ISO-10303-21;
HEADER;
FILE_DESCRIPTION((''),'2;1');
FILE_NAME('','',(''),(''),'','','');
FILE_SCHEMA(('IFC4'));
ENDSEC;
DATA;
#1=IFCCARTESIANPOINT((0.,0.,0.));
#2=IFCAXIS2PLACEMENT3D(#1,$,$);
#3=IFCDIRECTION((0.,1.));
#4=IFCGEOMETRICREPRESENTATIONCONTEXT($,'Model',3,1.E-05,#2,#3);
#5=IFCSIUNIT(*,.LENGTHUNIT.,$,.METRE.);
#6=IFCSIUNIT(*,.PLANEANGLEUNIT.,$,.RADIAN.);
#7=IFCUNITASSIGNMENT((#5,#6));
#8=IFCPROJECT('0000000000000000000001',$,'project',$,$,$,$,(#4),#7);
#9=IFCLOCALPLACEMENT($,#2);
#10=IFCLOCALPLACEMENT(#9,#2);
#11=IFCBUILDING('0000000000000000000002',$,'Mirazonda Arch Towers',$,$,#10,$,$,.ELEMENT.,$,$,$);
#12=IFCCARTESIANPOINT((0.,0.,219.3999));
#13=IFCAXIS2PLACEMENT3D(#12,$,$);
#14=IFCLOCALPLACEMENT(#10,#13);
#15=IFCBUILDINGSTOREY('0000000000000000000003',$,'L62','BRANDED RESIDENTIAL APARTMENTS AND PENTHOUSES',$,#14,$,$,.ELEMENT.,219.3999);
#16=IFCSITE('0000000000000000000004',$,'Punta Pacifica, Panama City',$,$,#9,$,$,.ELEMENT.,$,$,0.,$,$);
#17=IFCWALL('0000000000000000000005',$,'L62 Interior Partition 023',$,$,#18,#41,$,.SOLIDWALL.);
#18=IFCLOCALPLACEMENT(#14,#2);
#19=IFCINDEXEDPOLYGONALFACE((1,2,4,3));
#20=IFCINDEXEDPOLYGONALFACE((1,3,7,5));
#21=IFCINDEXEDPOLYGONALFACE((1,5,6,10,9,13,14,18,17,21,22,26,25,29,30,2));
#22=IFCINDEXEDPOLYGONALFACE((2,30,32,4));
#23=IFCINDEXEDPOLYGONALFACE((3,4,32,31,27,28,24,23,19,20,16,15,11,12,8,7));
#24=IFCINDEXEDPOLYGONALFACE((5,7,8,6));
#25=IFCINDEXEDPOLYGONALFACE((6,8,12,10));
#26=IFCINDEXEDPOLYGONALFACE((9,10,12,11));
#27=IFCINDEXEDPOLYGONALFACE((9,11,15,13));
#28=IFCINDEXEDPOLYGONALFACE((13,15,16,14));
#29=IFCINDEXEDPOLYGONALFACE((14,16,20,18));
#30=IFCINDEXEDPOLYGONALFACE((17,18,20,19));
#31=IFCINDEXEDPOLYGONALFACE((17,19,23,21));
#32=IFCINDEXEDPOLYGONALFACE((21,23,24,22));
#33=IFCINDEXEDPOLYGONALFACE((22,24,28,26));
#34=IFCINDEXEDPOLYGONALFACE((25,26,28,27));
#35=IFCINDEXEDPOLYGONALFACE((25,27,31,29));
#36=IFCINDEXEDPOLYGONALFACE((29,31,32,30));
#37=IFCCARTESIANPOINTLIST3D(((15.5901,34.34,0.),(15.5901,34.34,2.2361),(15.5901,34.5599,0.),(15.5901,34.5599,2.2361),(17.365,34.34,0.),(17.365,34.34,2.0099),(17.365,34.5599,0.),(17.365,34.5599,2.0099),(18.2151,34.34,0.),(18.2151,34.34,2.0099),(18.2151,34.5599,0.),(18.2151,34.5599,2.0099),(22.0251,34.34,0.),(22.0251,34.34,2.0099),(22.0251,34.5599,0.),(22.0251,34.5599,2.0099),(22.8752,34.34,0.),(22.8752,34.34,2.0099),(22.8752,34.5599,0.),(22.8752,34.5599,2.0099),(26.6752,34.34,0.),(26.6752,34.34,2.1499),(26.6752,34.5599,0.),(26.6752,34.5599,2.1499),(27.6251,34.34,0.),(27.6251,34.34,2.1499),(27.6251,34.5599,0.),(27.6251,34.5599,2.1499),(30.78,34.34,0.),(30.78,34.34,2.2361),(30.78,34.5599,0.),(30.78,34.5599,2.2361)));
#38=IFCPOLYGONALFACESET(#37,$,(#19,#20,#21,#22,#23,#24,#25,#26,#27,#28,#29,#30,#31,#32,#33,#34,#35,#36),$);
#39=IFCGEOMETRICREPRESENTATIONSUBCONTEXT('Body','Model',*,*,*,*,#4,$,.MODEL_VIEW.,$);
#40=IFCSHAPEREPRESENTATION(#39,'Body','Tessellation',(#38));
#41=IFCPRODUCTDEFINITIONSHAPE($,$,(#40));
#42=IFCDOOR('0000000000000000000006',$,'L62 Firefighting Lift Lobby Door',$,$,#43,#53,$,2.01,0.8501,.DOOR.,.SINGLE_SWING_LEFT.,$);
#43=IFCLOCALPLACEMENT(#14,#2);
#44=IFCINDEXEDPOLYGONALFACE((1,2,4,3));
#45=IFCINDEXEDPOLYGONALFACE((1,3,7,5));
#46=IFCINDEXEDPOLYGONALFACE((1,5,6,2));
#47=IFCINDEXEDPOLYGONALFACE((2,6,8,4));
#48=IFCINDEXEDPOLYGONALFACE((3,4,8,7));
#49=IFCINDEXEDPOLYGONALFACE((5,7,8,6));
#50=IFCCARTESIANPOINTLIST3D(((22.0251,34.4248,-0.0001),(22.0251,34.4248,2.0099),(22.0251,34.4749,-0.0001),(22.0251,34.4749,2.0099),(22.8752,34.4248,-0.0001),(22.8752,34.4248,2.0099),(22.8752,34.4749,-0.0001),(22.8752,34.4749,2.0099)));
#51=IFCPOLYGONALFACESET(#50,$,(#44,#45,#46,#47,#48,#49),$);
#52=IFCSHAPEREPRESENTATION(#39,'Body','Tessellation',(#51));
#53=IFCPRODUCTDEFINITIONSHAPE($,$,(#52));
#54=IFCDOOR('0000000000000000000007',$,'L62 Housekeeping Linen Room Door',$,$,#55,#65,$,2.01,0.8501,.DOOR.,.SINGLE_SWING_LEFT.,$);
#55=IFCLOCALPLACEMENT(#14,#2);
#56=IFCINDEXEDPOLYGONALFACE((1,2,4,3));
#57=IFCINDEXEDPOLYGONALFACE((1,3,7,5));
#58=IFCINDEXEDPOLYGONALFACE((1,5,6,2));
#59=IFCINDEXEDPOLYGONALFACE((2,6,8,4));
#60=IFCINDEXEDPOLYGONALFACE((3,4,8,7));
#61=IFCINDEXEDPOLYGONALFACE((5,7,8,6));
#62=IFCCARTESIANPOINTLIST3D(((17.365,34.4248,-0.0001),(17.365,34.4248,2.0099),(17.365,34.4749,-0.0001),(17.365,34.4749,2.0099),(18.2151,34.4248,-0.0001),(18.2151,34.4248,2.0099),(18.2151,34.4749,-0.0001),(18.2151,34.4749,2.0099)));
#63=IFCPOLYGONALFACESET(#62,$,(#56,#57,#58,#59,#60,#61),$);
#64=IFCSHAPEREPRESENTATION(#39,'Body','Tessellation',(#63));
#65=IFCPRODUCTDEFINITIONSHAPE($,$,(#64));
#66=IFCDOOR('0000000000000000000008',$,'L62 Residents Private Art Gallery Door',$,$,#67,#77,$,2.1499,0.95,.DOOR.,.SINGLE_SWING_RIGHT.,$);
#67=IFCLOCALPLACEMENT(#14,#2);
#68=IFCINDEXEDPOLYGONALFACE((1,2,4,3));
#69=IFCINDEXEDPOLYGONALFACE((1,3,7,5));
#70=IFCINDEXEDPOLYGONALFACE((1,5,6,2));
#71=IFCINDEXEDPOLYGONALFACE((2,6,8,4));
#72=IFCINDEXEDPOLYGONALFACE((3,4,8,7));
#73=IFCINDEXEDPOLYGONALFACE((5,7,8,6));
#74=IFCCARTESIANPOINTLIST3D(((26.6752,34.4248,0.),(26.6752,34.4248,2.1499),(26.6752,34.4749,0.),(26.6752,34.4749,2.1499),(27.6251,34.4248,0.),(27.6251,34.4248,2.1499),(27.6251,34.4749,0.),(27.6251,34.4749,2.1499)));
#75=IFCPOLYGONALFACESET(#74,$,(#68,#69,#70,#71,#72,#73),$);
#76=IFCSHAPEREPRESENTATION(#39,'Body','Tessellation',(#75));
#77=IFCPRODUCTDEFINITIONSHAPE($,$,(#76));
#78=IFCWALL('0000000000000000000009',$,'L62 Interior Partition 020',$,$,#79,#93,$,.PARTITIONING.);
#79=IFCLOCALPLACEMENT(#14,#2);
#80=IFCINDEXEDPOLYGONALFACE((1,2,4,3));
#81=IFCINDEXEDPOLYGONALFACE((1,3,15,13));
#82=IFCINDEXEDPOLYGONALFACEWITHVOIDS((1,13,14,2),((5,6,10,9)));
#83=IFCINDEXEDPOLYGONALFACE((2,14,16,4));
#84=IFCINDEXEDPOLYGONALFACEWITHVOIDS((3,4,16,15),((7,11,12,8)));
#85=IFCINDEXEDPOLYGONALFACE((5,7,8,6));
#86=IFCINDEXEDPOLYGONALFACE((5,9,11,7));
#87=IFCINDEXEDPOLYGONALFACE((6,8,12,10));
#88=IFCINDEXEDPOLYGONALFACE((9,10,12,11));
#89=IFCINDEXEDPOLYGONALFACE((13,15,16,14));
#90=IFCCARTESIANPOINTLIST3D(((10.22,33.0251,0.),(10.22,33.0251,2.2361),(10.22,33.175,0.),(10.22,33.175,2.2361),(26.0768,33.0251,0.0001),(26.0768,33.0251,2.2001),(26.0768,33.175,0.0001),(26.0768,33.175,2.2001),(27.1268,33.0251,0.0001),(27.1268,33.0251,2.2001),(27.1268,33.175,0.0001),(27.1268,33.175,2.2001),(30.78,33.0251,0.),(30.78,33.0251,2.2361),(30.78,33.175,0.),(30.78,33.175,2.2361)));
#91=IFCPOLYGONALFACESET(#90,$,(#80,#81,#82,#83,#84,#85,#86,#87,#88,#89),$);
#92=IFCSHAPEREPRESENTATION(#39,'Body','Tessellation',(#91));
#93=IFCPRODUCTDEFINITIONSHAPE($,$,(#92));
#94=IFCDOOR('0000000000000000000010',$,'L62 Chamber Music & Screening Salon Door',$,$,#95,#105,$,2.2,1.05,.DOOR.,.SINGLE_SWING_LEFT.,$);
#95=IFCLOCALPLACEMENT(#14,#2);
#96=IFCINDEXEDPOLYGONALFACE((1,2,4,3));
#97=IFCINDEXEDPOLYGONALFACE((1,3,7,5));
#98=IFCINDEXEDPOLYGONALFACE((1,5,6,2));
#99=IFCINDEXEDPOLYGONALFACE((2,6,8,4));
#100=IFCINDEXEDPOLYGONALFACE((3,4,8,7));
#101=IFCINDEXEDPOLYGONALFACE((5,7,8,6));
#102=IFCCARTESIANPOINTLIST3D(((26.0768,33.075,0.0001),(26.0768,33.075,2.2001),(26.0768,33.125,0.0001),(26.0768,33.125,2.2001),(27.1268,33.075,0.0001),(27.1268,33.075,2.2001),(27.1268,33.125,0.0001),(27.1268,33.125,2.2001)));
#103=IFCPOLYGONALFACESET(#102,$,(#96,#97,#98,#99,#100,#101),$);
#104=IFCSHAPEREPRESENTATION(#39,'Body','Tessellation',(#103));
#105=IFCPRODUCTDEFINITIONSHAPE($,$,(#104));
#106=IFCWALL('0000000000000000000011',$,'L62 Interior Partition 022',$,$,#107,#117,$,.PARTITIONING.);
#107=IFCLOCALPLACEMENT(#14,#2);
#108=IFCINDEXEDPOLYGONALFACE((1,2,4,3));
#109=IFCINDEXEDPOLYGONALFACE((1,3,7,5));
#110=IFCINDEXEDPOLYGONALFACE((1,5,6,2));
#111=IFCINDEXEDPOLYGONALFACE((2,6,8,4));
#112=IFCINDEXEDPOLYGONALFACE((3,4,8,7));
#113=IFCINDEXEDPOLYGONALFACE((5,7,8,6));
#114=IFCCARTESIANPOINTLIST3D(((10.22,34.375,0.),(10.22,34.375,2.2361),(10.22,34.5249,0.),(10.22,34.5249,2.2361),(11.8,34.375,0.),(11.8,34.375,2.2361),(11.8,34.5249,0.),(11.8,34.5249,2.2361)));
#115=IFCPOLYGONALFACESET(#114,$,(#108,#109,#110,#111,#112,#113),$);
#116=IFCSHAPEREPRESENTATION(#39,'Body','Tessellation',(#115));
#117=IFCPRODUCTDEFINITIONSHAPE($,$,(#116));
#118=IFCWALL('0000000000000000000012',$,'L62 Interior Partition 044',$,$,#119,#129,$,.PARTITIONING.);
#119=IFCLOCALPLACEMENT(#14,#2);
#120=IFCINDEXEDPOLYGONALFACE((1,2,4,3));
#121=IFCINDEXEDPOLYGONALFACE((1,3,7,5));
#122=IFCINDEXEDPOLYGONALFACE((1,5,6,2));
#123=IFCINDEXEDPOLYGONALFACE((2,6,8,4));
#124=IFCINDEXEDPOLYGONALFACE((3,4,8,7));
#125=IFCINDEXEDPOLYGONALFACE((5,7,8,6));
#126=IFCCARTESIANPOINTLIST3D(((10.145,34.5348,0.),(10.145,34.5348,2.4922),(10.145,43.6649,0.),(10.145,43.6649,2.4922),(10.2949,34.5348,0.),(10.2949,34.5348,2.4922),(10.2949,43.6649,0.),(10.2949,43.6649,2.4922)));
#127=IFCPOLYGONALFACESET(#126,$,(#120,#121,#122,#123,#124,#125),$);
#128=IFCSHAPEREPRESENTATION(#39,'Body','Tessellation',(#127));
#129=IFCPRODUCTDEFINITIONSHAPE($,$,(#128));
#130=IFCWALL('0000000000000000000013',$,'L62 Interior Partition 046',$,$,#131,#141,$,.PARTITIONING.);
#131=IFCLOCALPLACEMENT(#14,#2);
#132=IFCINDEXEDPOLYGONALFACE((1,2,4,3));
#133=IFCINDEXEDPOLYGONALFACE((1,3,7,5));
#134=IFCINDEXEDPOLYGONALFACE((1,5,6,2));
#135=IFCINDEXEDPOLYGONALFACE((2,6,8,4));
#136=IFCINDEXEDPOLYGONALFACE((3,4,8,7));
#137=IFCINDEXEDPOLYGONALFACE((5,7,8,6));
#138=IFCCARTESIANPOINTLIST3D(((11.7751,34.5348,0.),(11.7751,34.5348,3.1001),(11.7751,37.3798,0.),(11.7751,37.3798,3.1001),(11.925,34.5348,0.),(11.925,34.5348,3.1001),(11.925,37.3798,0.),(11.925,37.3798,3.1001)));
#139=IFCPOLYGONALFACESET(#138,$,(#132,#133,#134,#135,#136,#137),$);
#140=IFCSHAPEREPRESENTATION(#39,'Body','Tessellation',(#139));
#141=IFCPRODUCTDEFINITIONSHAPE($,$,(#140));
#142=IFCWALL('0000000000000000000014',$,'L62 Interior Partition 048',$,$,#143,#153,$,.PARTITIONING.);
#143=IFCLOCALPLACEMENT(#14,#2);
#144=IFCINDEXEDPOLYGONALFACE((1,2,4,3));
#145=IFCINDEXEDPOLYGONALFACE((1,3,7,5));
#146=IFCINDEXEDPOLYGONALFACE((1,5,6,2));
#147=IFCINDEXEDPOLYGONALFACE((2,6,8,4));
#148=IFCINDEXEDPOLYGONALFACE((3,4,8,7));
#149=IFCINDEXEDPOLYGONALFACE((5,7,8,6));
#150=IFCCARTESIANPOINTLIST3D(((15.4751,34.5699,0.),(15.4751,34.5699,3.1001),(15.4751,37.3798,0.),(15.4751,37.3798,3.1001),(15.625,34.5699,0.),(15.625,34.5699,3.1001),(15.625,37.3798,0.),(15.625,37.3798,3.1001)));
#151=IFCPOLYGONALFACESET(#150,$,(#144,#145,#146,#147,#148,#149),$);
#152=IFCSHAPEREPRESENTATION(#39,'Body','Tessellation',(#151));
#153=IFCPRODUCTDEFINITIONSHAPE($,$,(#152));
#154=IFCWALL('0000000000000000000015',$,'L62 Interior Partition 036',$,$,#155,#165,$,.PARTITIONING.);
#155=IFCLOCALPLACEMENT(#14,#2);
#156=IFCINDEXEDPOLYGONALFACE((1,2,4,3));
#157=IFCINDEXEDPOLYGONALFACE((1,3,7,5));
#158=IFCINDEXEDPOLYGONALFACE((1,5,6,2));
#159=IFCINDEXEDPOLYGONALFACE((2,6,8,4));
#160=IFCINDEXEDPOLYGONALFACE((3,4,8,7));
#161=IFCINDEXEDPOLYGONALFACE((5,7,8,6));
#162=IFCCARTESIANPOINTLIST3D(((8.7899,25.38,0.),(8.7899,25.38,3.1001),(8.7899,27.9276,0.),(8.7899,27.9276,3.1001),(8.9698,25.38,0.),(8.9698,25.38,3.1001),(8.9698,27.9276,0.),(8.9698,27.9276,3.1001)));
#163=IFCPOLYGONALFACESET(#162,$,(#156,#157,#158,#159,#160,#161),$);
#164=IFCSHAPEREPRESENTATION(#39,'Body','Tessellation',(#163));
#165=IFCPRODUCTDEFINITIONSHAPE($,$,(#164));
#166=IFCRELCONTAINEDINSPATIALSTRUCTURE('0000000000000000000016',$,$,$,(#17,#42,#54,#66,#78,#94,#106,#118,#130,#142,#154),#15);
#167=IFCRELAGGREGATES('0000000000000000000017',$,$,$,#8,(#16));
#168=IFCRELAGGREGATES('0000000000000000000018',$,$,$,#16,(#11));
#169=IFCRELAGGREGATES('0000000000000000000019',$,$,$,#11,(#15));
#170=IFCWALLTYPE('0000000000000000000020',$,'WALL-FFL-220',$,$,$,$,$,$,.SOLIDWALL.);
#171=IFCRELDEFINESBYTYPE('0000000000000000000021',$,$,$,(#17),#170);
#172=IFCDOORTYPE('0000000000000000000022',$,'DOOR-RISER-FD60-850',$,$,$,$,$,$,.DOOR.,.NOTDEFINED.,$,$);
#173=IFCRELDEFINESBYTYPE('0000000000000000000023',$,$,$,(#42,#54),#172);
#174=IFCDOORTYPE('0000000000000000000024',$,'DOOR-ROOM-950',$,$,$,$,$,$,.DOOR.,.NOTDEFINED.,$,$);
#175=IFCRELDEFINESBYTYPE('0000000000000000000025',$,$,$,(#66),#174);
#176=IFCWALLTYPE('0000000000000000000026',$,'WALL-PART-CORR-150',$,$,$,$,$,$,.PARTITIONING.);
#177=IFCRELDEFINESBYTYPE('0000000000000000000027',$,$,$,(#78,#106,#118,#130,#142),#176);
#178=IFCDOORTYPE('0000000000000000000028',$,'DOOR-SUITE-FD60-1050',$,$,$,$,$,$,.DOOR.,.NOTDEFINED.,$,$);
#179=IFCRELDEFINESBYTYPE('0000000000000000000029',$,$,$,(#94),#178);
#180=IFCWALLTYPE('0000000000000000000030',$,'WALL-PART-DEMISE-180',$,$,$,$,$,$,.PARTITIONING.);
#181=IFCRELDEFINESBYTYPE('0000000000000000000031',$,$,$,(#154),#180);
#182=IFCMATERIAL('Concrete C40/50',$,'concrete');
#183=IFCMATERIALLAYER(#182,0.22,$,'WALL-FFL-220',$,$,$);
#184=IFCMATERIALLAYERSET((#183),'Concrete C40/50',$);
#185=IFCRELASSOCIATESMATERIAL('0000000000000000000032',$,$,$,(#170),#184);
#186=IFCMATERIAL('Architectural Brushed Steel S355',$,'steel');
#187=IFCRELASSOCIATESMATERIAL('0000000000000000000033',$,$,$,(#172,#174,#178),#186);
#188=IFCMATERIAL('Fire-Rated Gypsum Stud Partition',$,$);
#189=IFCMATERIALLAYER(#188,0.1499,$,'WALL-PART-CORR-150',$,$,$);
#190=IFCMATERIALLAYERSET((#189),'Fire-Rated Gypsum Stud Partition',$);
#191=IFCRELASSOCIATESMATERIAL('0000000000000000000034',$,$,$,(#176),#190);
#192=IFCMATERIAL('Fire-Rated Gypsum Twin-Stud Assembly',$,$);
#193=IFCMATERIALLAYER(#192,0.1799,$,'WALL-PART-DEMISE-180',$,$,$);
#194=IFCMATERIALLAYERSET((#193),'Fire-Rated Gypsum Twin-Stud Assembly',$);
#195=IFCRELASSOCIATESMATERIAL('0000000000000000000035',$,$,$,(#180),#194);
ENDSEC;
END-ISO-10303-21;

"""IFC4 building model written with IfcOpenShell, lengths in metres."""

from ifc_helpers import new_model, si_unit, direction, frame, frame_2d, origin, place, context, subcontext, project, spatial, rectangle, extrude, material, layer, layer_set, type_object, element, fill, save


model = new_model("IFC4")

# Units and contexts
model_context = context("Model", 3, precision=1e-05, world=origin(), true_north=direction((0.0, 1.0)))
body_context = subcontext(model_context, "Body", "Model", "MODEL_VIEW")
ifc_project = project(units=[si_unit("LENGTHUNIT", "METRE"), si_unit("PLANEANGLEUNIT", "RADIAN")], contexts=[model_context])

# Site, building, storey
site_placement = place(None, origin())
site = spatial("IfcSite", under=ifc_project, at=site_placement, Name="Punta Pacifica, Panama City", CompositionType="ELEMENT", RefElevation=0.0)
building_placement = place(site_placement, origin())
building = spatial("IfcBuilding", under=site, at=building_placement, Name="Mirazonda Arch Towers", CompositionType="ELEMENT")
storey_placement = place(building_placement, frame((0.0, 0.0, 219.3999)))
storey = spatial("IfcBuildingStorey", under=building, at=storey_placement, Name="L62", Description="BRANDED RESIDENTIAL APARTMENTS AND PENTHOUSES", CompositionType="ELEMENT", Elevation=219.3999)

# Wall, openings, doors
ifc_material_1 = material(Name="Architectural Brushed Steel S355", Category="steel")
ifc_material_2 = material(Name="Concrete C40/50", Category="concrete")
ifc_layer_1 = layer(ifc_material_2, 0.22, Name="WALL-FFL-220")
ifc_layer_set_1 = layer_set([ifc_layer_1], Name="Concrete C40/50")
wall_type_1 = type_object("IfcWallType", Name="WALL-FFL-220", PredefinedType="SOLIDWALL", material=ifc_layer_set_1)
wall_1_placement = place(storey_placement, frame((15.5901, 34.45, 0.0), z_axis=(0.0, 0.0, 1.0), x_axis=(1.0, 0.0, 0.0)))
wall_1 = element("IfcWall", 1, at=wall_1_placement, inside=storey, type_object=wall_type_1, Name="L62 Interior Partition 023", PredefinedType="SOLIDWALL", context=body_context, shape_type="SweptSolid", body=[
    extrude(rectangle(XDim=15.1899, YDim=0.22, at=frame_2d((7.595, 0.0))), origin(), (0.0, 0.0, 1.0), 2.2361),
])
opening_1_placement = place(wall_1_placement, frame((6.4351, 0.0, 0.0)))
opening_1 = element("IfcOpeningElement", 2, at=opening_1_placement, cuts=wall_1, PredefinedType="OPENING", context=body_context, shape_type="SweptSolid", body=[
    extrude(rectangle(XDim=0.8501, YDim=2.01, at=frame_2d((0.425, 1.0049))), frame((0.0, 0.1199, 0.0), z_axis=(0.0, -1.0, 0.0), x_axis=(1.0, 0.0, 0.0)), (0.0, 0.0, 1.0), 0.24),
])
opening_2_placement = place(wall_1_placement, frame((11.085, 0.0, 0.0)))
opening_2 = element("IfcOpeningElement", 3, at=opening_2_placement, cuts=wall_1, PredefinedType="OPENING", context=body_context, shape_type="SweptSolid", body=[
    extrude(rectangle(XDim=0.95, YDim=2.1499, at=frame_2d((0.4751, 1.075))), frame((0.0, 0.1199, 0.0), z_axis=(0.0, -1.0, 0.0), x_axis=(1.0, 0.0, 0.0)), (0.0, 0.0, 1.0), 0.24),
])
opening_3_placement = place(wall_1_placement, frame((1.7749, 0.0, 0.0)))
opening_3 = element("IfcOpeningElement", 4, at=opening_3_placement, cuts=wall_1, PredefinedType="OPENING", context=body_context, shape_type="SweptSolid", body=[
    extrude(rectangle(XDim=0.8501, YDim=2.01, at=frame_2d((0.425, 1.0049))), frame((0.0, 0.1199, 0.0), z_axis=(0.0, -1.0, 0.0), x_axis=(1.0, 0.0, 0.0)), (0.0, 0.0, 1.0), 0.24),
])
door_type_1 = type_object("IfcDoorType", Name="DOOR-RISER-FD60-850", OperationType="NOTDEFINED", PredefinedType="DOOR", material=ifc_material_1)
door_1_placement = place(opening_1_placement, origin())
door_1 = element("IfcDoor", 5, at=door_1_placement, inside=storey, type_object=door_type_1, Name="L62 Firefighting Lift Lobby Door", OperationType="SINGLE_SWING_LEFT", OverallHeight=2.01, OverallWidth=0.8501, PredefinedType="DOOR", context=body_context, shape_type="SweptSolid", body=[
    extrude(rectangle(XDim=0.8501, YDim=2.01, at=frame_2d((0.425, 1.0049))), frame((0.0, 0.0249, 0.0), z_axis=(0.0, -1.0, 0.0), x_axis=(1.0, 0.0, 0.0)), (0.0, 0.0, 1.0), 0.05),
])
fill(opening_1, door_1)
door_2_placement = place(opening_3_placement, origin())
door_2 = element("IfcDoor", 6, at=door_2_placement, inside=storey, type_object=door_type_1, Name="L62 Housekeeping Linen Room Door", OperationType="SINGLE_SWING_LEFT", OverallHeight=2.01, OverallWidth=0.8501, PredefinedType="DOOR", context=body_context, shape_type="SweptSolid", body=[
    extrude(rectangle(XDim=0.8501, YDim=2.01, at=frame_2d((0.425, 1.0049))), frame((0.0, 0.0249, 0.0), z_axis=(0.0, -1.0, 0.0), x_axis=(1.0, 0.0, 0.0)), (0.0, 0.0, 1.0), 0.05),
])
fill(opening_3, door_2)
door_type_2 = type_object("IfcDoorType", Name="DOOR-ROOM-950", OperationType="NOTDEFINED", PredefinedType="DOOR", material=ifc_material_1)
door_3_placement = place(opening_2_placement, origin())
door_3 = element("IfcDoor", 7, at=door_3_placement, inside=storey, type_object=door_type_2, Name="L62 Residents Private Art Gallery Door", OperationType="SINGLE_SWING_RIGHT", OverallHeight=2.1499, OverallWidth=0.95, PredefinedType="DOOR", context=body_context, shape_type="SweptSolid", body=[
    extrude(rectangle(XDim=0.95, YDim=2.1499, at=frame_2d((0.4751, 1.075))), frame((0.0, 0.0249, 0.0), z_axis=(0.0, -1.0, 0.0), x_axis=(1.0, 0.0, 0.0)), (0.0, 0.0, 1.0), 0.05),
])
fill(opening_2, door_3)

# Wall, opening, door
ifc_material_3 = material(Name="Fire-Rated Gypsum Stud Partition")
ifc_layer_2 = layer(ifc_material_3, 0.1499, Name="WALL-PART-CORR-150")
ifc_layer_set_2 = layer_set([ifc_layer_2], Name="Fire-Rated Gypsum Stud Partition")
wall_type_2 = type_object("IfcWallType", Name="WALL-PART-CORR-150", PredefinedType="PARTITIONING", material=ifc_layer_set_2)
wall_2_placement = place(storey_placement, frame((10.22, 33.1001, 0.0), z_axis=(0.0, 0.0, 1.0), x_axis=(1.0, 0.0, 0.0)))
wall_2 = element("IfcWall", 8, at=wall_2_placement, inside=storey, type_object=wall_type_2, Name="L62 Interior Partition 020", PredefinedType="PARTITIONING", context=body_context, shape_type="SweptSolid", body=[
    extrude(rectangle(XDim=20.5601, YDim=0.1499, at=frame_2d((10.28, 0.0))), origin(), (0.0, 0.0, 1.0), 2.2361),
])
opening_4_placement = place(wall_2_placement, frame((15.8569, 0.0, 0.0)))
opening_4 = element("IfcOpeningElement", 9, at=opening_4_placement, cuts=wall_2, PredefinedType="OPENING", context=body_context, shape_type="SweptSolid", body=[
    extrude(rectangle(XDim=1.05, YDim=2.2, at=frame_2d((0.5249, 1.1001))), frame((0.0, 0.085, 0.0), z_axis=(0.0, -1.0, 0.0), x_axis=(1.0, 0.0, 0.0)), (0.0, 0.0, 1.0), 0.1699),
])
door_type_3 = type_object("IfcDoorType", Name="DOOR-SUITE-FD60-1050", OperationType="NOTDEFINED", PredefinedType="DOOR", material=ifc_material_1)
door_4_placement = place(opening_4_placement, origin())
door_4 = element("IfcDoor", 10, at=door_4_placement, inside=storey, type_object=door_type_3, Name="L62 Chamber Music & Screening Salon Door", OperationType="SINGLE_SWING_LEFT", OverallHeight=2.2, OverallWidth=1.05, PredefinedType="DOOR", context=body_context, shape_type="SweptSolid", body=[
    extrude(rectangle(XDim=1.05, YDim=2.2, at=frame_2d((0.5249, 1.1001))), frame((0.0, 0.0249, 0.0), z_axis=(0.0, -1.0, 0.0), x_axis=(1.0, 0.0, 0.0)), (0.0, 0.0, 1.0), 0.05),
])
fill(opening_4, door_4)

# Walls
wall_3_placement = place(storey_placement, frame((10.22, 34.45, 0.0), z_axis=(0.0, 0.0, 1.0), x_axis=(1.0, 0.0, 0.0)))
element("IfcWall", 11, at=wall_3_placement, inside=storey, type_object=wall_type_2, Name="L62 Interior Partition 022", PredefinedType="PARTITIONING", context=body_context, shape_type="SweptSolid", body=[
    extrude(rectangle(XDim=1.5801, YDim=0.1499, at=frame_2d((0.79, 0.0))), origin(), (0.0, 0.0, 1.0), 2.2361),
])
wall_4_placement = place(storey_placement, frame((10.22, 34.5349, 0.0), z_axis=(0.0, 0.0, 1.0), x_axis=(0.0, 1.0, 0.0)))
element("IfcWall", 12, at=wall_4_placement, inside=storey, type_object=wall_type_2, Name="L62 Interior Partition 044", PredefinedType="PARTITIONING", context=body_context, shape_type="SweptSolid", body=[
    extrude(rectangle(XDim=9.1301, YDim=0.1499, at=frame_2d((4.5649, 0.0))), origin(), (0.0, 0.0, 1.0), 2.4922),
])
wall_5_placement = place(storey_placement, frame((11.8501, 34.5349, 0.0), z_axis=(0.0, 0.0, 1.0), x_axis=(0.0, 1.0, 0.0)))
element("IfcWall", 13, at=wall_5_placement, inside=storey, type_object=wall_type_2, Name="L62 Interior Partition 046", PredefinedType="PARTITIONING", context=body_context, shape_type="SweptSolid", body=[
    extrude(rectangle(XDim=2.845, YDim=0.1499, at=frame_2d((1.4224, 0.0))), origin(), (0.0, 0.0, 1.0), 3.1001),
])
wall_6_placement = place(storey_placement, frame((15.55, 34.5701, 0.0), z_axis=(0.0, 0.0, 1.0), x_axis=(0.0, 1.0, 0.0)))
element("IfcWall", 14, at=wall_6_placement, inside=storey, type_object=wall_type_2, Name="L62 Interior Partition 048", PredefinedType="PARTITIONING", context=body_context, shape_type="SweptSolid", body=[
    extrude(rectangle(XDim=2.8098, YDim=0.1499, at=frame_2d((1.4048, 0.0))), origin(), (0.0, 0.0, 1.0), 3.1001),
])
ifc_material_4 = material(Name="Fire-Rated Gypsum Twin-Stud Assembly")
ifc_layer_3 = layer(ifc_material_4, 0.1799, Name="WALL-PART-DEMISE-180")
ifc_layer_set_3 = layer_set([ifc_layer_3], Name="Fire-Rated Gypsum Twin-Stud Assembly")
wall_type_3 = type_object("IfcWallType", Name="WALL-PART-DEMISE-180", PredefinedType="PARTITIONING", material=ifc_layer_set_3)
for number, where, z_axis, x_axis, name in (
    (15, (8.8799, 25.3799, 0.0), (0.0, 0.0, 1.0), (0.0, 1.0, 0.0), "L62 Interior Partition 036"),
):
    element("IfcWall", number, at=place(storey_placement, frame(where, z_axis=z_axis, x_axis=x_axis)), inside=storey, type_object=wall_type_3, Name=name, PredefinedType="PARTITIONING", context=body_context, shape_type="SweptSolid", body=[
        extrude(rectangle(XDim=2.5476, YDim=0.1799, at=frame_2d((1.2739, 0.0))), origin(), (0.0, 0.0, 1.0), 3.1001),
    ])

save(model, "model.ifc")
